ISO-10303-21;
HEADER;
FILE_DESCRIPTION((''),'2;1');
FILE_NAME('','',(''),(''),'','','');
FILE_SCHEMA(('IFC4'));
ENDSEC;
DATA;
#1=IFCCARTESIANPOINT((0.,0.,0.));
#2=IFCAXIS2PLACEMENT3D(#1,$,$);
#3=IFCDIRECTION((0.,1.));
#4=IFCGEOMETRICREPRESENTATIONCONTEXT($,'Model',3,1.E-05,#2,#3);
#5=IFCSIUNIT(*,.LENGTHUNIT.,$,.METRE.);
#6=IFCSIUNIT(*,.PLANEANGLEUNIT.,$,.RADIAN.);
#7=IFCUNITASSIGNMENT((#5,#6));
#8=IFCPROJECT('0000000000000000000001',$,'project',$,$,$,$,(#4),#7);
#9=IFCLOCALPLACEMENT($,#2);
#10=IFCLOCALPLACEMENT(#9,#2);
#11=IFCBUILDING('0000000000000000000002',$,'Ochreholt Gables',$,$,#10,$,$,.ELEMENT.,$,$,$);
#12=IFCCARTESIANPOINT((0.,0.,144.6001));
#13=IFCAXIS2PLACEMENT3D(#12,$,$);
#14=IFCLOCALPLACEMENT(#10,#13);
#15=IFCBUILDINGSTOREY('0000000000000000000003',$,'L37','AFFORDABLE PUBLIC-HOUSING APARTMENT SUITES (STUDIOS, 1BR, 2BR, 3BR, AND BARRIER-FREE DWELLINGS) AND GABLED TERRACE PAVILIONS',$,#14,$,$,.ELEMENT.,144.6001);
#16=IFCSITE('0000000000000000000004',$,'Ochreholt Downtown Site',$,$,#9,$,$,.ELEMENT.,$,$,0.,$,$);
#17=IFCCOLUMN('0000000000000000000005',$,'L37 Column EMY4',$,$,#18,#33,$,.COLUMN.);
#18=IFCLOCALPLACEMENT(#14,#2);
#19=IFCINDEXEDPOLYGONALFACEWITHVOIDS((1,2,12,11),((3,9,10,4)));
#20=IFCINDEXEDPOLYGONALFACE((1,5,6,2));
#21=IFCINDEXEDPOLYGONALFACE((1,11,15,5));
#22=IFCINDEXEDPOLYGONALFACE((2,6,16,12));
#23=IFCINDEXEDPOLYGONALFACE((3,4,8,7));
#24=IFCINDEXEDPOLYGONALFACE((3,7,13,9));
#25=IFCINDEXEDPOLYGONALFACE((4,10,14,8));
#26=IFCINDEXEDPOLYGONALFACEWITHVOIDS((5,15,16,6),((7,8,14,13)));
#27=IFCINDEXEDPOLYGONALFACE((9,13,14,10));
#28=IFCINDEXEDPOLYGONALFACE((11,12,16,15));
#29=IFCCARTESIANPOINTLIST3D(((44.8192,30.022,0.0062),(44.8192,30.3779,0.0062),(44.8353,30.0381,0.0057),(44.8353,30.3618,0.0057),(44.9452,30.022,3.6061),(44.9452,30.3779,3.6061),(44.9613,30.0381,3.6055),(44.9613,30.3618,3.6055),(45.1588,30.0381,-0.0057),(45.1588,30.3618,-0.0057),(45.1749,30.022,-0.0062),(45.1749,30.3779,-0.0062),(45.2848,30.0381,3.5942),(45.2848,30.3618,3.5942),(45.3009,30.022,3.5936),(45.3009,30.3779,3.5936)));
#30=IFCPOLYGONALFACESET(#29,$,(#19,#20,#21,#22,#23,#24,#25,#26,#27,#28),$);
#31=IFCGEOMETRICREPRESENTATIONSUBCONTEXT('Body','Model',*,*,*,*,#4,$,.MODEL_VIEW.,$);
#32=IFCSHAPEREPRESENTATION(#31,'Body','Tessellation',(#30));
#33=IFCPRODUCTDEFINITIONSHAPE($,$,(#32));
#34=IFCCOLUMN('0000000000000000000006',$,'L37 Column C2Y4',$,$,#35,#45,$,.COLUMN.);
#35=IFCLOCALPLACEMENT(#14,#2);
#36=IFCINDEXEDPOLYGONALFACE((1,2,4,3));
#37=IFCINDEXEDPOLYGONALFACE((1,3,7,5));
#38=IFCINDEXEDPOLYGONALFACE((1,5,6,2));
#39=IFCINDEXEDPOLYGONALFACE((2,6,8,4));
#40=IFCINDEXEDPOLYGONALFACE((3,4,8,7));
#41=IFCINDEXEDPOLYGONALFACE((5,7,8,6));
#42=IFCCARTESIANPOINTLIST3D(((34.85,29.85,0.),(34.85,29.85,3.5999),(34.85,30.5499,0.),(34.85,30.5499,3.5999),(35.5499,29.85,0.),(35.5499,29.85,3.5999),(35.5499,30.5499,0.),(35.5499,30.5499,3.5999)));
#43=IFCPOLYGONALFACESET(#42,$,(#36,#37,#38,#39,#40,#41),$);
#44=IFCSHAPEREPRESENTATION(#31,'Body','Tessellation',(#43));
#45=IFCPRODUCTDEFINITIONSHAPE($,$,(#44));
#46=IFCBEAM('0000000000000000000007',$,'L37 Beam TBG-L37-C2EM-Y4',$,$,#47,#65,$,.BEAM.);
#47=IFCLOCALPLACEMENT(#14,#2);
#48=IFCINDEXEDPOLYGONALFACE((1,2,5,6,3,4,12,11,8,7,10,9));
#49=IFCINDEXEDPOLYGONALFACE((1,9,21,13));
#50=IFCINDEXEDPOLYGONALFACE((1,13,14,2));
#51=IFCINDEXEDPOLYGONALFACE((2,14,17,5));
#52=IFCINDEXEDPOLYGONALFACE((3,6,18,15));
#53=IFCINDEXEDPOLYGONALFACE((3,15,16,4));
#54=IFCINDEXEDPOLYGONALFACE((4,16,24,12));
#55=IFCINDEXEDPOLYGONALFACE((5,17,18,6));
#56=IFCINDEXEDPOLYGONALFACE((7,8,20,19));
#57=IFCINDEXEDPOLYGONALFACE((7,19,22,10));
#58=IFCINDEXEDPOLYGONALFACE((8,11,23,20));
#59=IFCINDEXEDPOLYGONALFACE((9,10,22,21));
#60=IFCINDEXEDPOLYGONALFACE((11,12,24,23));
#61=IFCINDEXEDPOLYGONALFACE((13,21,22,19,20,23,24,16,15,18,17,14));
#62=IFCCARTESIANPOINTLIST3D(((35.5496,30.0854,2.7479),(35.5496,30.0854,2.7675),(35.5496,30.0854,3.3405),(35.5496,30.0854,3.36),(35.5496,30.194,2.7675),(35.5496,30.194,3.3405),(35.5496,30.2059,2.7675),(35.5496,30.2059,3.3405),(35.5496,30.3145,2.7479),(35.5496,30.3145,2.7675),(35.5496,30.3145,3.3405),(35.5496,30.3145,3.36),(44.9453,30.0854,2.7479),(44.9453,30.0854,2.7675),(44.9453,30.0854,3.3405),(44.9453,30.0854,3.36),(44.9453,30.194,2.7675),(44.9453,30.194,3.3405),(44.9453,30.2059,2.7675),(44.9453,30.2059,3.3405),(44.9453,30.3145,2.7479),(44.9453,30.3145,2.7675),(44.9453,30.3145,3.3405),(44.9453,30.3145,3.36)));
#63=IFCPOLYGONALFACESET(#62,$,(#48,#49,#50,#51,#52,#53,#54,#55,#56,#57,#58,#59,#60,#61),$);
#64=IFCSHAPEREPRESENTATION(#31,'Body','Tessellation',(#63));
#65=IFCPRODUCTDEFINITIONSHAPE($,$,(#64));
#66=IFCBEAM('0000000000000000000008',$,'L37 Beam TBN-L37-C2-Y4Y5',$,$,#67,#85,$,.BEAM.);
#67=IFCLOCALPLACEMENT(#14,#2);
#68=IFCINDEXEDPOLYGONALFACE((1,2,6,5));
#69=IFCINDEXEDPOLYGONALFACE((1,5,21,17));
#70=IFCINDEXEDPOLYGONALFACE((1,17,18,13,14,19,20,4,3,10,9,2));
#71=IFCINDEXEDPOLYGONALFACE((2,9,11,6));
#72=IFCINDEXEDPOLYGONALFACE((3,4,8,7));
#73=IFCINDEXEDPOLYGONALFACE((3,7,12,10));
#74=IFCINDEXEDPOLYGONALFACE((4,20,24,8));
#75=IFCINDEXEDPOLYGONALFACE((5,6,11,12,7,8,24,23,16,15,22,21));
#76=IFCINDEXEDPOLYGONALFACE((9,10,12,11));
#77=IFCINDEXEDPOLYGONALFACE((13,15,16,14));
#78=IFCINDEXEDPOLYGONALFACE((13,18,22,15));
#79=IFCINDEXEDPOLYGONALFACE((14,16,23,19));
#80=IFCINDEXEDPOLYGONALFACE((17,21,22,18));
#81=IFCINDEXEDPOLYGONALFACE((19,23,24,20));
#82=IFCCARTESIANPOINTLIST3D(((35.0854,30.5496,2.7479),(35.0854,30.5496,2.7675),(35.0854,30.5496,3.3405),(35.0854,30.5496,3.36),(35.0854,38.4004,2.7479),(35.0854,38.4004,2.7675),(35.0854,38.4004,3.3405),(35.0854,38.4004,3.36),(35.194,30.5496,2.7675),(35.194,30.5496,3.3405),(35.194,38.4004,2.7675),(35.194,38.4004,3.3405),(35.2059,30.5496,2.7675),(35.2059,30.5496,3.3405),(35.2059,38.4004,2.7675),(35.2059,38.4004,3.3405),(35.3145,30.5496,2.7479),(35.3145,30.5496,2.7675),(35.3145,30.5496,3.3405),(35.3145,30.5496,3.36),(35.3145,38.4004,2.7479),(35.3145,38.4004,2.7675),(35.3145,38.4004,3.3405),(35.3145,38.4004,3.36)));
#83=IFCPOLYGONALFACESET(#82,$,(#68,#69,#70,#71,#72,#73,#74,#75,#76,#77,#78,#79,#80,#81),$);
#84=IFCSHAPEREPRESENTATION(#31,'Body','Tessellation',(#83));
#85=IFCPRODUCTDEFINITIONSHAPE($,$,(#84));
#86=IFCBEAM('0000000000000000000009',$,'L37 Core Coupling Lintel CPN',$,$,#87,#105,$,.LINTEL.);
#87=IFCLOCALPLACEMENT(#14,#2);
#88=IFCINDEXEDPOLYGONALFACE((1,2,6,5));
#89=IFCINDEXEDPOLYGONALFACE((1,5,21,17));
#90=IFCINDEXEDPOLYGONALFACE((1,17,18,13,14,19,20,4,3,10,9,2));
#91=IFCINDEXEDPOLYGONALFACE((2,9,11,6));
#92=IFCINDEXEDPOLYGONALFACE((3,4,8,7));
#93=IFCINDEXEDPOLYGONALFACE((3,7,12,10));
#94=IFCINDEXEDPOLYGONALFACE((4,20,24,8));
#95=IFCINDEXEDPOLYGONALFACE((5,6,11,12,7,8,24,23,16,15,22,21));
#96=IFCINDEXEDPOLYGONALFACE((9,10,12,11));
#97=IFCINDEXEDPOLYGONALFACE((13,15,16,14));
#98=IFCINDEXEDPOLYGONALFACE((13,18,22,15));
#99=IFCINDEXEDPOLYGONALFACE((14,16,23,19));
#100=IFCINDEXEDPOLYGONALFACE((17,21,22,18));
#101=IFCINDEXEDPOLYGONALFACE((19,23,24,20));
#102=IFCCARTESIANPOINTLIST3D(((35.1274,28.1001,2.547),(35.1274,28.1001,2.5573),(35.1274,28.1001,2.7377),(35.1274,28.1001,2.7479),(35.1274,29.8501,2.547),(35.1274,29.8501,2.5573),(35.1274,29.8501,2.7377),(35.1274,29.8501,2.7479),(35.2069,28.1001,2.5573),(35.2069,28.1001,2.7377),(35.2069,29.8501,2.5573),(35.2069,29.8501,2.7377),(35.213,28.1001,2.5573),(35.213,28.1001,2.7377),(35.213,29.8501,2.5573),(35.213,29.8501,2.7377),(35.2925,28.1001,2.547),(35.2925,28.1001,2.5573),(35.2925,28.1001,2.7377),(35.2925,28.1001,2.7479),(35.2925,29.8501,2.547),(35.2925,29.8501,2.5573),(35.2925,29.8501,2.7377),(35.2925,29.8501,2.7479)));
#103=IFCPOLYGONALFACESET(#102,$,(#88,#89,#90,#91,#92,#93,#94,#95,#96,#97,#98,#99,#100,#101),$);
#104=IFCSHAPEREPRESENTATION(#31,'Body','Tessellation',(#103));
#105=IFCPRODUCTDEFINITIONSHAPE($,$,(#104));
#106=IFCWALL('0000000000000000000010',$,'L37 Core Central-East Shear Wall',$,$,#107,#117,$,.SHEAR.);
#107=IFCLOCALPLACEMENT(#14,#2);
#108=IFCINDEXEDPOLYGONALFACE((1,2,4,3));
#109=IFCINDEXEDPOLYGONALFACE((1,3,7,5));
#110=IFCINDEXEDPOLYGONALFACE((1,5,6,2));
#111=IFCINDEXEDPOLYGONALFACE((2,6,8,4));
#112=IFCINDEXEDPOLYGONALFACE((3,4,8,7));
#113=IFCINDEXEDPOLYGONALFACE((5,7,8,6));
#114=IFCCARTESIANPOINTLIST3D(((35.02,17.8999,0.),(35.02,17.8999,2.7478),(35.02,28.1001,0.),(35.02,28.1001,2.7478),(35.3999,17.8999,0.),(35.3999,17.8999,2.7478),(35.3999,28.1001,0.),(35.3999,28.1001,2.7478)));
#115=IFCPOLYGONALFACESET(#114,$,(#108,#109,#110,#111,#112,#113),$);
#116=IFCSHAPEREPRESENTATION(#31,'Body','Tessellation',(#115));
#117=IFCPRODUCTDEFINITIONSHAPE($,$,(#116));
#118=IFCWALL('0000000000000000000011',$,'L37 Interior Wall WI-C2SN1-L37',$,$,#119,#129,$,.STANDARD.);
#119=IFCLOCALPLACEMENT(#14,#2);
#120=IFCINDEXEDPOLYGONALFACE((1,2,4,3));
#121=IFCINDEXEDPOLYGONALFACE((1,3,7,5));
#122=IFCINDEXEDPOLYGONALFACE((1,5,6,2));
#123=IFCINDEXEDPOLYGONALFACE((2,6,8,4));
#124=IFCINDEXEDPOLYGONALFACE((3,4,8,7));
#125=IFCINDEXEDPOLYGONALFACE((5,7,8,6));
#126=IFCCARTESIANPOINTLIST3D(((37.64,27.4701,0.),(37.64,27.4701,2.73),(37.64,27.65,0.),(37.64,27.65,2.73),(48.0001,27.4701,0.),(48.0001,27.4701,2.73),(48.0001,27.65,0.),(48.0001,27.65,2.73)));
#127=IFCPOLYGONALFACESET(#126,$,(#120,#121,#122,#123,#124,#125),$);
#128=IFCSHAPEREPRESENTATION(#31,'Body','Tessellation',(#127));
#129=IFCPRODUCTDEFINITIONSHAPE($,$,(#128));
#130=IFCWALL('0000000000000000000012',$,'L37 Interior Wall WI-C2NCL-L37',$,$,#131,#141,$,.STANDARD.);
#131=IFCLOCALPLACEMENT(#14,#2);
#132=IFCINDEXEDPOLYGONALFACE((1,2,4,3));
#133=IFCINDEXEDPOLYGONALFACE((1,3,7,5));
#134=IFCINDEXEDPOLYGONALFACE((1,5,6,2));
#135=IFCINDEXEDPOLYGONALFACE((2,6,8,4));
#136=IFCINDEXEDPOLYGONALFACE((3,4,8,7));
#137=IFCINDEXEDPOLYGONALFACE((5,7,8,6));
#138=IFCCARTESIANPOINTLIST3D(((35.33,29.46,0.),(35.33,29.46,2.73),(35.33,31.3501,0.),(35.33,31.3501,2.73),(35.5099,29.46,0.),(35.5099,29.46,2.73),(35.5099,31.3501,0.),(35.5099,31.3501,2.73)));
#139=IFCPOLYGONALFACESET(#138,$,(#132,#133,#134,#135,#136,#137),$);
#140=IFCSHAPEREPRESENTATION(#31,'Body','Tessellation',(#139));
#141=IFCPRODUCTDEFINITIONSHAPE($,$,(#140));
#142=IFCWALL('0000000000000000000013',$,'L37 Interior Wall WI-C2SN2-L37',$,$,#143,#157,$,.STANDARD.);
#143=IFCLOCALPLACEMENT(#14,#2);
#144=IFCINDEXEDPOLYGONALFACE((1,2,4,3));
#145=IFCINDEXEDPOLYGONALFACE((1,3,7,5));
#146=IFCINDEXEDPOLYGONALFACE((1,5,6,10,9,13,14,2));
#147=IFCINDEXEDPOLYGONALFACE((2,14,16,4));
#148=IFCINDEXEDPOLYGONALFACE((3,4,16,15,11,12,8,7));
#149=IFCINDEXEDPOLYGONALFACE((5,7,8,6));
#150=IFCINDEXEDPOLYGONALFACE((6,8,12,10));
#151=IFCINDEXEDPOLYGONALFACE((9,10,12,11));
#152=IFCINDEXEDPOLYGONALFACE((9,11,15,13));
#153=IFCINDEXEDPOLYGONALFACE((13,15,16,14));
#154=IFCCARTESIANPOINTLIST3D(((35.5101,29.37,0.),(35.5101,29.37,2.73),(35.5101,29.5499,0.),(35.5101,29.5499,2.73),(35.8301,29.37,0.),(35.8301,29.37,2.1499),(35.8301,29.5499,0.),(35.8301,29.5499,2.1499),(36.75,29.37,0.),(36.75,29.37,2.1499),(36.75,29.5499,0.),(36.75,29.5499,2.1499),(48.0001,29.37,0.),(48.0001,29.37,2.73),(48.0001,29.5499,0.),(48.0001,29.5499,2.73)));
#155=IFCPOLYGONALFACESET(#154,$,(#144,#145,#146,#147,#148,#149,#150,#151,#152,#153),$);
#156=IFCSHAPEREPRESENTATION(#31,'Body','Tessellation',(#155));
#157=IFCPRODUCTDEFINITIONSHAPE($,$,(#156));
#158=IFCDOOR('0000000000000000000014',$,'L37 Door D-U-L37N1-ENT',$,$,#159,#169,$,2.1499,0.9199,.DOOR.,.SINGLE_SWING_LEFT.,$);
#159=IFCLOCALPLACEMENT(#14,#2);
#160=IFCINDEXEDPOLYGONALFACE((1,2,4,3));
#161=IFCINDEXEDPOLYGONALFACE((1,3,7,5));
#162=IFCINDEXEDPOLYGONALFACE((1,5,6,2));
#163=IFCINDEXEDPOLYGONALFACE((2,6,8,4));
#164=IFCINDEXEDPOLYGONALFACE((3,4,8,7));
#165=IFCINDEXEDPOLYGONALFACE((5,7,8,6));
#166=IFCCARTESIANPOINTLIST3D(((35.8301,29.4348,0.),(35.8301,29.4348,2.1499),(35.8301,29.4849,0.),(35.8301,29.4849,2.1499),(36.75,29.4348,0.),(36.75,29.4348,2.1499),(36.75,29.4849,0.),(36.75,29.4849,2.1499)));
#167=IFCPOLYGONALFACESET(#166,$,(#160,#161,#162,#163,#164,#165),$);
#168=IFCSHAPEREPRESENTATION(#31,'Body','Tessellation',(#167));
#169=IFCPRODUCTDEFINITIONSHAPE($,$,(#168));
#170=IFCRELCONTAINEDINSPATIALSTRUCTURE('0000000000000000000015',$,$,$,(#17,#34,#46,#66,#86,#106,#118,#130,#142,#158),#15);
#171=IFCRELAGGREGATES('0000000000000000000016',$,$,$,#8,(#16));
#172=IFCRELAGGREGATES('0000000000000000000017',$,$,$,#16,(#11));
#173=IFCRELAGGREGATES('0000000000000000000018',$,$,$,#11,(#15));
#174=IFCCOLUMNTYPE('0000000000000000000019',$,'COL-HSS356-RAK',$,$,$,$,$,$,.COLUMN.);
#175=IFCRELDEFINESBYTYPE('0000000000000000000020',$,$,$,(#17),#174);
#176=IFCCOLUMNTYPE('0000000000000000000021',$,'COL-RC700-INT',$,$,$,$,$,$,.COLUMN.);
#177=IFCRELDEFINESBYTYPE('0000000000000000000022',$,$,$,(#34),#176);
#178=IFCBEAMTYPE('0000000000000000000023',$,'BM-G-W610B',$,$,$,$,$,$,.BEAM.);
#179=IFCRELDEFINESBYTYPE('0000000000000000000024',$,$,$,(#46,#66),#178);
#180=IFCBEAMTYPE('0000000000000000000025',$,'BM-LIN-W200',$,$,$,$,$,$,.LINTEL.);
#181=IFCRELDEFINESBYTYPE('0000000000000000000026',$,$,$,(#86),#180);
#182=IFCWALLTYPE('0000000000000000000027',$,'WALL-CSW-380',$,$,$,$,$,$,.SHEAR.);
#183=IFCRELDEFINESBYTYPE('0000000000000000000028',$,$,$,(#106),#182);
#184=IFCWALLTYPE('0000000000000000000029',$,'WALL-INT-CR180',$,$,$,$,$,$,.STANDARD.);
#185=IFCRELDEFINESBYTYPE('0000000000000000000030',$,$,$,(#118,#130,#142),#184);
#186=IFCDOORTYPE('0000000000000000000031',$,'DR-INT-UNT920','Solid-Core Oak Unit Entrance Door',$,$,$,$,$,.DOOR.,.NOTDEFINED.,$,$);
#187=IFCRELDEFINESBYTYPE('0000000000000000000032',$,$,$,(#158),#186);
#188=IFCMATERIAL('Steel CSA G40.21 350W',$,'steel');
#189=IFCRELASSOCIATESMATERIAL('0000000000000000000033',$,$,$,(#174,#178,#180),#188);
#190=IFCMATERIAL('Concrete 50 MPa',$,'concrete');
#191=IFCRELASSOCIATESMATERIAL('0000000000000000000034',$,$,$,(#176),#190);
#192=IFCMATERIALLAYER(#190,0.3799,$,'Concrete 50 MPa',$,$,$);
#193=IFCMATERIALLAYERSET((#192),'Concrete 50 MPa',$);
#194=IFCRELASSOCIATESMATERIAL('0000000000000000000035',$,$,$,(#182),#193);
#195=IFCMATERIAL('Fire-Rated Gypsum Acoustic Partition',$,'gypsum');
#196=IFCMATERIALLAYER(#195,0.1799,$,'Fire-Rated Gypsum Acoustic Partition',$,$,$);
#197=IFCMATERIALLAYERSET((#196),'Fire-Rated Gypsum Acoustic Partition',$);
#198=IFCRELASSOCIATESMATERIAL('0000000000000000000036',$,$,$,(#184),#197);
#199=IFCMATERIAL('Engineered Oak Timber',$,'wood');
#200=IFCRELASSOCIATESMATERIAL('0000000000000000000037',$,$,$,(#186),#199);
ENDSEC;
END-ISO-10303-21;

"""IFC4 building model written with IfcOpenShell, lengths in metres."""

from ifc_helpers import new_model, si_unit, direction, frame, frame_2d, origin, origin_2d, place, context, subcontext, project, spatial, rectangle, hollow_rectangle, i_section, extrude, material, layer, layer_set, material_profile, profile_set, type_object, element, fill, save


model = new_model("IFC4")

# Units and contexts
model_context = context("Model", 3, precision=1e-05, world=origin(), true_north=direction((0.0, 1.0)))
body_context = subcontext(model_context, "Body", "Model", "MODEL_VIEW")
ifc_project = project(units=[si_unit("LENGTHUNIT", "METRE"), si_unit("PLANEANGLEUNIT", "RADIAN")], contexts=[model_context])

# Site, building, storey
site_placement = place(None, origin())
site = spatial("IfcSite", under=ifc_project, at=site_placement, Name="Ochreholt Downtown Site", CompositionType="ELEMENT", RefElevation=0.0)
building_placement = place(site_placement, origin())
building = spatial("IfcBuilding", under=site, at=building_placement, Name="Ochreholt Gables", CompositionType="ELEMENT")
storey_placement = place(building_placement, frame((0.0, 0.0, 144.6001)))
storey = spatial("IfcBuildingStorey", under=building, at=storey_placement, Name="L37", Description="AFFORDABLE PUBLIC-HOUSING APARTMENT SUITES (STUDIOS, 1BR, 2BR, 3BR, AND BARRIER-FREE DWELLINGS) AND GABLED TERRACE PAVILIONS", CompositionType="ELEMENT", Elevation=144.6001)

# Columns
ifc_material_1 = material(Name="Steel CSA G40.21 350W", Category="steel")
ifc_material_profile_1 = material_profile(ifc_material_1, hollow_rectangle(XDim=0.356, YDim=0.356, WallThickness=0.0161, at=origin_2d()), Name="HSS356X356X16")
ifc_profile_set_1 = profile_set([ifc_material_profile_1], Name="Steel CSA G40.21 350W")
column_type_1 = type_object("IfcColumnType", Name="COL-HSS356-RAK", PredefinedType="COLUMN", material=ifc_profile_set_1)
column_1_placement = place(storey_placement, frame((44.9971, 30.2, 0.0), z_axis=(0.034974, 0.0, 0.999388), x_axis=(0.0, 1.0, 0.0)))
element("IfcColumn", 1, at=column_1_placement, inside=storey, type_object=column_type_1, Name="L37 Column EMY4", PredefinedType="COLUMN", context=body_context, shape_type="SweptSolid", body=[
    extrude(hollow_rectangle(XDim=0.356, YDim=0.356, WallThickness=0.0161, at=origin_2d()), origin(), (0.0, 0.0, 1.0), 3.6021),
])
ifc_material_2 = material(Name="Concrete 50 MPa", Category="concrete")
ifc_material_profile_2 = material_profile(ifc_material_2, rectangle(XDim=0.7, YDim=0.7, at=origin_2d()), Name="RC700X700")
ifc_profile_set_2 = profile_set([ifc_material_profile_2], Name="Concrete 50 MPa")
column_type_2 = type_object("IfcColumnType", Name="COL-RC700-INT", PredefinedType="COLUMN", material=ifc_profile_set_2)
column_2_placement = place(storey_placement, frame((35.2, 30.2, 0.0), z_axis=(0.0, 0.0, 1.0), x_axis=(1.0, 0.0, 0.0)))
element("IfcColumn", 2, at=column_2_placement, inside=storey, type_object=column_type_2, Name="L37 Column C2Y4", PredefinedType="COLUMN", context=body_context, shape_type="SweptSolid", body=[
    extrude(rectangle(XDim=0.7, YDim=0.7, at=origin_2d()), origin(), (0.0, 0.0, 1.0), 3.5999),
])

# Beams
ifc_material_profile_3 = material_profile(ifc_material_1, i_section(OverallWidth=0.229, OverallDepth=0.6121, WebThickness=0.012, FlangeThickness=0.0195, at=origin_2d()), Name="W610X125")
ifc_profile_set_3 = profile_set([ifc_material_profile_3], Name="Steel CSA G40.21 350W")
beam_type_1 = type_object("IfcBeamType", Name="BM-G-W610B", PredefinedType="BEAM", material=ifc_profile_set_3)
beam_1_placement = place(storey_placement, frame((35.5496, 30.2, 3.054), z_axis=(1.0, 0.0, 0.0), x_axis=(0.0, 1.0, 0.0)))
element("IfcBeam", 3, at=beam_1_placement, inside=storey, type_object=beam_type_1, Name="L37 Beam TBG-L37-C2EM-Y4", PredefinedType="BEAM", context=body_context, shape_type="SweptSolid", body=[
    extrude(i_section(OverallWidth=0.229, OverallDepth=0.6121, WebThickness=0.012, FlangeThickness=0.0195, at=origin_2d()), origin(), (0.0, 0.0, 1.0), 9.3958),
])
beam_2_placement = place(storey_placement, frame((35.2, 30.5496, 3.054), z_axis=(0.0, 1.0, 0.0), x_axis=(-1.0, 0.0, 0.0)))
element("IfcBeam", 4, at=beam_2_placement, inside=storey, type_object=beam_type_1, Name="L37 Beam TBN-L37-C2-Y4Y5", PredefinedType="BEAM", context=body_context, shape_type="SweptSolid", body=[
    extrude(i_section(OverallWidth=0.229, OverallDepth=0.6121, WebThickness=0.012, FlangeThickness=0.0195, at=origin_2d()), origin(), (0.0, 0.0, 1.0), 7.8508),
])
ifc_material_profile_4 = material_profile(ifc_material_1, i_section(OverallWidth=0.165, OverallDepth=0.2009, WebThickness=0.0061, FlangeThickness=0.0103, at=origin_2d()), Name="W200X36")
ifc_profile_set_4 = profile_set([ifc_material_profile_4], Name="Steel CSA G40.21 350W")
beam_type_2 = type_object("IfcBeamType", Name="BM-LIN-W200", PredefinedType="LINTEL", material=ifc_profile_set_4)
beam_3_placement = place(storey_placement, frame((35.21, 28.1001, 2.6475), z_axis=(0.0, 1.0, 0.0), x_axis=(-1.0, 0.0, 0.0)))
element("IfcBeam", 5, at=beam_3_placement, inside=storey, type_object=beam_type_2, Name="L37 Core Coupling Lintel CPN", PredefinedType="LINTEL", context=body_context, shape_type="SweptSolid", body=[
    extrude(i_section(OverallWidth=0.165, OverallDepth=0.2009, WebThickness=0.0061, FlangeThickness=0.0103, at=origin_2d()), origin(), (0.0, 0.0, 1.0), 1.75),
])

# Walls
ifc_layer_1 = layer(ifc_material_2, 0.3799, Name="Concrete 50 MPa")
ifc_layer_set_1 = layer_set([ifc_layer_1], Name="Concrete 50 MPa")
wall_type_1 = type_object("IfcWallType", Name="WALL-CSW-380", PredefinedType="SHEAR", material=ifc_layer_set_1)
wall_1_placement = place(storey_placement, frame((35.21, 17.8999, 0.0), z_axis=(0.0, 0.0, 1.0), x_axis=(0.0, 1.0, 0.0)))
element("IfcWall", 6, at=wall_1_placement, inside=storey, type_object=wall_type_1, Name="L37 Core Central-East Shear Wall", PredefinedType="SHEAR", context=body_context, shape_type="SweptSolid", body=[
    extrude(rectangle(XDim=10.2002, YDim=0.3799, at=frame_2d((5.1001, 0.0))), origin(), (0.0, 0.0, 1.0), 2.7478),
])
ifc_material_3 = material(Name="Fire-Rated Gypsum Acoustic Partition", Category="gypsum")
ifc_layer_2 = layer(ifc_material_3, 0.1799, Name="Fire-Rated Gypsum Acoustic Partition")
ifc_layer_set_2 = layer_set([ifc_layer_2], Name="Fire-Rated Gypsum Acoustic Partition")
wall_type_2 = type_object("IfcWallType", Name="WALL-INT-CR180", PredefinedType="STANDARD", material=ifc_layer_set_2)
wall_2_placement = place(storey_placement, frame((37.6399, 27.5601, 0.0), z_axis=(0.0, 0.0, 1.0), x_axis=(1.0, 0.0, 0.0)))
element("IfcWall", 7, at=wall_2_placement, inside=storey, type_object=wall_type_2, Name="L37 Interior Wall WI-C2SN1-L37", PredefinedType="STANDARD", context=body_context, shape_type="SweptSolid", body=[
    extrude(rectangle(XDim=10.3601, YDim=0.1799, at=frame_2d((5.1802, 0.0))), origin(), (0.0, 0.0, 1.0), 2.73),
])
wall_3_placement = place(storey_placement, frame((35.4199, 29.46, 0.0), z_axis=(0.0, 0.0, 1.0), x_axis=(0.0, 1.0, 0.0)))
element("IfcWall", 8, at=wall_3_placement, inside=storey, type_object=wall_type_2, Name="L37 Interior Wall WI-C2NCL-L37", PredefinedType="STANDARD", context=body_context, shape_type="SweptSolid", body=[
    extrude(rectangle(XDim=1.8901, YDim=0.1799, at=frame_2d((0.9451, 0.0))), origin(), (0.0, 0.0, 1.0), 2.73),
])

# Wall, opening, door
wall_4_placement = place(storey_placement, frame((35.51, 29.46, 0.0), z_axis=(0.0, 0.0, 1.0), x_axis=(1.0, 0.0, 0.0)))
wall_4 = element("IfcWall", 9, at=wall_4_placement, inside=storey, type_object=wall_type_2, Name="L37 Interior Wall WI-C2SN2-L37", PredefinedType="STANDARD", context=body_context, shape_type="SweptSolid", body=[
    extrude(rectangle(XDim=12.49, YDim=0.1799, at=frame_2d((6.2451, 0.0))), origin(), (0.0, 0.0, 1.0), 2.73),
])
opening_1_placement = place(wall_4_placement, frame((0.3201, 0.0, 0.0)))
opening_1 = element("IfcOpeningElement", 10, at=opening_1_placement, cuts=wall_4, PredefinedType="OPENING", context=body_context, shape_type="SweptSolid", body=[
    extrude(rectangle(XDim=0.9199, YDim=2.1499, at=frame_2d((0.46, 1.075))), frame((0.0, 0.0999, 0.0), z_axis=(0.0, -1.0, 0.0), x_axis=(1.0, 0.0, 0.0)), (0.0, 0.0, 1.0), 0.2),
])
ifc_material_4 = material(Name="Engineered Oak Timber", Category="wood")
door_type_1 = type_object("IfcDoorType", Name="DR-INT-UNT920", Description="Solid-Core Oak Unit Entrance Door", OperationType="NOTDEFINED", PredefinedType="DOOR", material=ifc_material_4)
door_1_placement = place(opening_1_placement, origin())
door_1 = element("IfcDoor", 11, at=door_1_placement, inside=storey, type_object=door_type_1, Name="L37 Door D-U-L37N1-ENT", OperationType="SINGLE_SWING_LEFT", OverallHeight=2.1499, OverallWidth=0.9199, PredefinedType="DOOR", context=body_context, shape_type="SweptSolid", body=[
    extrude(rectangle(XDim=0.9199, YDim=2.1499, at=frame_2d((0.46, 1.075))), frame((0.0, 0.0249, 0.0), z_axis=(0.0, -1.0, 0.0), x_axis=(1.0, 0.0, 0.0)), (0.0, 0.0, 1.0), 0.05),
])
fill(opening_1, door_1)

save(model, "model.ifc")
